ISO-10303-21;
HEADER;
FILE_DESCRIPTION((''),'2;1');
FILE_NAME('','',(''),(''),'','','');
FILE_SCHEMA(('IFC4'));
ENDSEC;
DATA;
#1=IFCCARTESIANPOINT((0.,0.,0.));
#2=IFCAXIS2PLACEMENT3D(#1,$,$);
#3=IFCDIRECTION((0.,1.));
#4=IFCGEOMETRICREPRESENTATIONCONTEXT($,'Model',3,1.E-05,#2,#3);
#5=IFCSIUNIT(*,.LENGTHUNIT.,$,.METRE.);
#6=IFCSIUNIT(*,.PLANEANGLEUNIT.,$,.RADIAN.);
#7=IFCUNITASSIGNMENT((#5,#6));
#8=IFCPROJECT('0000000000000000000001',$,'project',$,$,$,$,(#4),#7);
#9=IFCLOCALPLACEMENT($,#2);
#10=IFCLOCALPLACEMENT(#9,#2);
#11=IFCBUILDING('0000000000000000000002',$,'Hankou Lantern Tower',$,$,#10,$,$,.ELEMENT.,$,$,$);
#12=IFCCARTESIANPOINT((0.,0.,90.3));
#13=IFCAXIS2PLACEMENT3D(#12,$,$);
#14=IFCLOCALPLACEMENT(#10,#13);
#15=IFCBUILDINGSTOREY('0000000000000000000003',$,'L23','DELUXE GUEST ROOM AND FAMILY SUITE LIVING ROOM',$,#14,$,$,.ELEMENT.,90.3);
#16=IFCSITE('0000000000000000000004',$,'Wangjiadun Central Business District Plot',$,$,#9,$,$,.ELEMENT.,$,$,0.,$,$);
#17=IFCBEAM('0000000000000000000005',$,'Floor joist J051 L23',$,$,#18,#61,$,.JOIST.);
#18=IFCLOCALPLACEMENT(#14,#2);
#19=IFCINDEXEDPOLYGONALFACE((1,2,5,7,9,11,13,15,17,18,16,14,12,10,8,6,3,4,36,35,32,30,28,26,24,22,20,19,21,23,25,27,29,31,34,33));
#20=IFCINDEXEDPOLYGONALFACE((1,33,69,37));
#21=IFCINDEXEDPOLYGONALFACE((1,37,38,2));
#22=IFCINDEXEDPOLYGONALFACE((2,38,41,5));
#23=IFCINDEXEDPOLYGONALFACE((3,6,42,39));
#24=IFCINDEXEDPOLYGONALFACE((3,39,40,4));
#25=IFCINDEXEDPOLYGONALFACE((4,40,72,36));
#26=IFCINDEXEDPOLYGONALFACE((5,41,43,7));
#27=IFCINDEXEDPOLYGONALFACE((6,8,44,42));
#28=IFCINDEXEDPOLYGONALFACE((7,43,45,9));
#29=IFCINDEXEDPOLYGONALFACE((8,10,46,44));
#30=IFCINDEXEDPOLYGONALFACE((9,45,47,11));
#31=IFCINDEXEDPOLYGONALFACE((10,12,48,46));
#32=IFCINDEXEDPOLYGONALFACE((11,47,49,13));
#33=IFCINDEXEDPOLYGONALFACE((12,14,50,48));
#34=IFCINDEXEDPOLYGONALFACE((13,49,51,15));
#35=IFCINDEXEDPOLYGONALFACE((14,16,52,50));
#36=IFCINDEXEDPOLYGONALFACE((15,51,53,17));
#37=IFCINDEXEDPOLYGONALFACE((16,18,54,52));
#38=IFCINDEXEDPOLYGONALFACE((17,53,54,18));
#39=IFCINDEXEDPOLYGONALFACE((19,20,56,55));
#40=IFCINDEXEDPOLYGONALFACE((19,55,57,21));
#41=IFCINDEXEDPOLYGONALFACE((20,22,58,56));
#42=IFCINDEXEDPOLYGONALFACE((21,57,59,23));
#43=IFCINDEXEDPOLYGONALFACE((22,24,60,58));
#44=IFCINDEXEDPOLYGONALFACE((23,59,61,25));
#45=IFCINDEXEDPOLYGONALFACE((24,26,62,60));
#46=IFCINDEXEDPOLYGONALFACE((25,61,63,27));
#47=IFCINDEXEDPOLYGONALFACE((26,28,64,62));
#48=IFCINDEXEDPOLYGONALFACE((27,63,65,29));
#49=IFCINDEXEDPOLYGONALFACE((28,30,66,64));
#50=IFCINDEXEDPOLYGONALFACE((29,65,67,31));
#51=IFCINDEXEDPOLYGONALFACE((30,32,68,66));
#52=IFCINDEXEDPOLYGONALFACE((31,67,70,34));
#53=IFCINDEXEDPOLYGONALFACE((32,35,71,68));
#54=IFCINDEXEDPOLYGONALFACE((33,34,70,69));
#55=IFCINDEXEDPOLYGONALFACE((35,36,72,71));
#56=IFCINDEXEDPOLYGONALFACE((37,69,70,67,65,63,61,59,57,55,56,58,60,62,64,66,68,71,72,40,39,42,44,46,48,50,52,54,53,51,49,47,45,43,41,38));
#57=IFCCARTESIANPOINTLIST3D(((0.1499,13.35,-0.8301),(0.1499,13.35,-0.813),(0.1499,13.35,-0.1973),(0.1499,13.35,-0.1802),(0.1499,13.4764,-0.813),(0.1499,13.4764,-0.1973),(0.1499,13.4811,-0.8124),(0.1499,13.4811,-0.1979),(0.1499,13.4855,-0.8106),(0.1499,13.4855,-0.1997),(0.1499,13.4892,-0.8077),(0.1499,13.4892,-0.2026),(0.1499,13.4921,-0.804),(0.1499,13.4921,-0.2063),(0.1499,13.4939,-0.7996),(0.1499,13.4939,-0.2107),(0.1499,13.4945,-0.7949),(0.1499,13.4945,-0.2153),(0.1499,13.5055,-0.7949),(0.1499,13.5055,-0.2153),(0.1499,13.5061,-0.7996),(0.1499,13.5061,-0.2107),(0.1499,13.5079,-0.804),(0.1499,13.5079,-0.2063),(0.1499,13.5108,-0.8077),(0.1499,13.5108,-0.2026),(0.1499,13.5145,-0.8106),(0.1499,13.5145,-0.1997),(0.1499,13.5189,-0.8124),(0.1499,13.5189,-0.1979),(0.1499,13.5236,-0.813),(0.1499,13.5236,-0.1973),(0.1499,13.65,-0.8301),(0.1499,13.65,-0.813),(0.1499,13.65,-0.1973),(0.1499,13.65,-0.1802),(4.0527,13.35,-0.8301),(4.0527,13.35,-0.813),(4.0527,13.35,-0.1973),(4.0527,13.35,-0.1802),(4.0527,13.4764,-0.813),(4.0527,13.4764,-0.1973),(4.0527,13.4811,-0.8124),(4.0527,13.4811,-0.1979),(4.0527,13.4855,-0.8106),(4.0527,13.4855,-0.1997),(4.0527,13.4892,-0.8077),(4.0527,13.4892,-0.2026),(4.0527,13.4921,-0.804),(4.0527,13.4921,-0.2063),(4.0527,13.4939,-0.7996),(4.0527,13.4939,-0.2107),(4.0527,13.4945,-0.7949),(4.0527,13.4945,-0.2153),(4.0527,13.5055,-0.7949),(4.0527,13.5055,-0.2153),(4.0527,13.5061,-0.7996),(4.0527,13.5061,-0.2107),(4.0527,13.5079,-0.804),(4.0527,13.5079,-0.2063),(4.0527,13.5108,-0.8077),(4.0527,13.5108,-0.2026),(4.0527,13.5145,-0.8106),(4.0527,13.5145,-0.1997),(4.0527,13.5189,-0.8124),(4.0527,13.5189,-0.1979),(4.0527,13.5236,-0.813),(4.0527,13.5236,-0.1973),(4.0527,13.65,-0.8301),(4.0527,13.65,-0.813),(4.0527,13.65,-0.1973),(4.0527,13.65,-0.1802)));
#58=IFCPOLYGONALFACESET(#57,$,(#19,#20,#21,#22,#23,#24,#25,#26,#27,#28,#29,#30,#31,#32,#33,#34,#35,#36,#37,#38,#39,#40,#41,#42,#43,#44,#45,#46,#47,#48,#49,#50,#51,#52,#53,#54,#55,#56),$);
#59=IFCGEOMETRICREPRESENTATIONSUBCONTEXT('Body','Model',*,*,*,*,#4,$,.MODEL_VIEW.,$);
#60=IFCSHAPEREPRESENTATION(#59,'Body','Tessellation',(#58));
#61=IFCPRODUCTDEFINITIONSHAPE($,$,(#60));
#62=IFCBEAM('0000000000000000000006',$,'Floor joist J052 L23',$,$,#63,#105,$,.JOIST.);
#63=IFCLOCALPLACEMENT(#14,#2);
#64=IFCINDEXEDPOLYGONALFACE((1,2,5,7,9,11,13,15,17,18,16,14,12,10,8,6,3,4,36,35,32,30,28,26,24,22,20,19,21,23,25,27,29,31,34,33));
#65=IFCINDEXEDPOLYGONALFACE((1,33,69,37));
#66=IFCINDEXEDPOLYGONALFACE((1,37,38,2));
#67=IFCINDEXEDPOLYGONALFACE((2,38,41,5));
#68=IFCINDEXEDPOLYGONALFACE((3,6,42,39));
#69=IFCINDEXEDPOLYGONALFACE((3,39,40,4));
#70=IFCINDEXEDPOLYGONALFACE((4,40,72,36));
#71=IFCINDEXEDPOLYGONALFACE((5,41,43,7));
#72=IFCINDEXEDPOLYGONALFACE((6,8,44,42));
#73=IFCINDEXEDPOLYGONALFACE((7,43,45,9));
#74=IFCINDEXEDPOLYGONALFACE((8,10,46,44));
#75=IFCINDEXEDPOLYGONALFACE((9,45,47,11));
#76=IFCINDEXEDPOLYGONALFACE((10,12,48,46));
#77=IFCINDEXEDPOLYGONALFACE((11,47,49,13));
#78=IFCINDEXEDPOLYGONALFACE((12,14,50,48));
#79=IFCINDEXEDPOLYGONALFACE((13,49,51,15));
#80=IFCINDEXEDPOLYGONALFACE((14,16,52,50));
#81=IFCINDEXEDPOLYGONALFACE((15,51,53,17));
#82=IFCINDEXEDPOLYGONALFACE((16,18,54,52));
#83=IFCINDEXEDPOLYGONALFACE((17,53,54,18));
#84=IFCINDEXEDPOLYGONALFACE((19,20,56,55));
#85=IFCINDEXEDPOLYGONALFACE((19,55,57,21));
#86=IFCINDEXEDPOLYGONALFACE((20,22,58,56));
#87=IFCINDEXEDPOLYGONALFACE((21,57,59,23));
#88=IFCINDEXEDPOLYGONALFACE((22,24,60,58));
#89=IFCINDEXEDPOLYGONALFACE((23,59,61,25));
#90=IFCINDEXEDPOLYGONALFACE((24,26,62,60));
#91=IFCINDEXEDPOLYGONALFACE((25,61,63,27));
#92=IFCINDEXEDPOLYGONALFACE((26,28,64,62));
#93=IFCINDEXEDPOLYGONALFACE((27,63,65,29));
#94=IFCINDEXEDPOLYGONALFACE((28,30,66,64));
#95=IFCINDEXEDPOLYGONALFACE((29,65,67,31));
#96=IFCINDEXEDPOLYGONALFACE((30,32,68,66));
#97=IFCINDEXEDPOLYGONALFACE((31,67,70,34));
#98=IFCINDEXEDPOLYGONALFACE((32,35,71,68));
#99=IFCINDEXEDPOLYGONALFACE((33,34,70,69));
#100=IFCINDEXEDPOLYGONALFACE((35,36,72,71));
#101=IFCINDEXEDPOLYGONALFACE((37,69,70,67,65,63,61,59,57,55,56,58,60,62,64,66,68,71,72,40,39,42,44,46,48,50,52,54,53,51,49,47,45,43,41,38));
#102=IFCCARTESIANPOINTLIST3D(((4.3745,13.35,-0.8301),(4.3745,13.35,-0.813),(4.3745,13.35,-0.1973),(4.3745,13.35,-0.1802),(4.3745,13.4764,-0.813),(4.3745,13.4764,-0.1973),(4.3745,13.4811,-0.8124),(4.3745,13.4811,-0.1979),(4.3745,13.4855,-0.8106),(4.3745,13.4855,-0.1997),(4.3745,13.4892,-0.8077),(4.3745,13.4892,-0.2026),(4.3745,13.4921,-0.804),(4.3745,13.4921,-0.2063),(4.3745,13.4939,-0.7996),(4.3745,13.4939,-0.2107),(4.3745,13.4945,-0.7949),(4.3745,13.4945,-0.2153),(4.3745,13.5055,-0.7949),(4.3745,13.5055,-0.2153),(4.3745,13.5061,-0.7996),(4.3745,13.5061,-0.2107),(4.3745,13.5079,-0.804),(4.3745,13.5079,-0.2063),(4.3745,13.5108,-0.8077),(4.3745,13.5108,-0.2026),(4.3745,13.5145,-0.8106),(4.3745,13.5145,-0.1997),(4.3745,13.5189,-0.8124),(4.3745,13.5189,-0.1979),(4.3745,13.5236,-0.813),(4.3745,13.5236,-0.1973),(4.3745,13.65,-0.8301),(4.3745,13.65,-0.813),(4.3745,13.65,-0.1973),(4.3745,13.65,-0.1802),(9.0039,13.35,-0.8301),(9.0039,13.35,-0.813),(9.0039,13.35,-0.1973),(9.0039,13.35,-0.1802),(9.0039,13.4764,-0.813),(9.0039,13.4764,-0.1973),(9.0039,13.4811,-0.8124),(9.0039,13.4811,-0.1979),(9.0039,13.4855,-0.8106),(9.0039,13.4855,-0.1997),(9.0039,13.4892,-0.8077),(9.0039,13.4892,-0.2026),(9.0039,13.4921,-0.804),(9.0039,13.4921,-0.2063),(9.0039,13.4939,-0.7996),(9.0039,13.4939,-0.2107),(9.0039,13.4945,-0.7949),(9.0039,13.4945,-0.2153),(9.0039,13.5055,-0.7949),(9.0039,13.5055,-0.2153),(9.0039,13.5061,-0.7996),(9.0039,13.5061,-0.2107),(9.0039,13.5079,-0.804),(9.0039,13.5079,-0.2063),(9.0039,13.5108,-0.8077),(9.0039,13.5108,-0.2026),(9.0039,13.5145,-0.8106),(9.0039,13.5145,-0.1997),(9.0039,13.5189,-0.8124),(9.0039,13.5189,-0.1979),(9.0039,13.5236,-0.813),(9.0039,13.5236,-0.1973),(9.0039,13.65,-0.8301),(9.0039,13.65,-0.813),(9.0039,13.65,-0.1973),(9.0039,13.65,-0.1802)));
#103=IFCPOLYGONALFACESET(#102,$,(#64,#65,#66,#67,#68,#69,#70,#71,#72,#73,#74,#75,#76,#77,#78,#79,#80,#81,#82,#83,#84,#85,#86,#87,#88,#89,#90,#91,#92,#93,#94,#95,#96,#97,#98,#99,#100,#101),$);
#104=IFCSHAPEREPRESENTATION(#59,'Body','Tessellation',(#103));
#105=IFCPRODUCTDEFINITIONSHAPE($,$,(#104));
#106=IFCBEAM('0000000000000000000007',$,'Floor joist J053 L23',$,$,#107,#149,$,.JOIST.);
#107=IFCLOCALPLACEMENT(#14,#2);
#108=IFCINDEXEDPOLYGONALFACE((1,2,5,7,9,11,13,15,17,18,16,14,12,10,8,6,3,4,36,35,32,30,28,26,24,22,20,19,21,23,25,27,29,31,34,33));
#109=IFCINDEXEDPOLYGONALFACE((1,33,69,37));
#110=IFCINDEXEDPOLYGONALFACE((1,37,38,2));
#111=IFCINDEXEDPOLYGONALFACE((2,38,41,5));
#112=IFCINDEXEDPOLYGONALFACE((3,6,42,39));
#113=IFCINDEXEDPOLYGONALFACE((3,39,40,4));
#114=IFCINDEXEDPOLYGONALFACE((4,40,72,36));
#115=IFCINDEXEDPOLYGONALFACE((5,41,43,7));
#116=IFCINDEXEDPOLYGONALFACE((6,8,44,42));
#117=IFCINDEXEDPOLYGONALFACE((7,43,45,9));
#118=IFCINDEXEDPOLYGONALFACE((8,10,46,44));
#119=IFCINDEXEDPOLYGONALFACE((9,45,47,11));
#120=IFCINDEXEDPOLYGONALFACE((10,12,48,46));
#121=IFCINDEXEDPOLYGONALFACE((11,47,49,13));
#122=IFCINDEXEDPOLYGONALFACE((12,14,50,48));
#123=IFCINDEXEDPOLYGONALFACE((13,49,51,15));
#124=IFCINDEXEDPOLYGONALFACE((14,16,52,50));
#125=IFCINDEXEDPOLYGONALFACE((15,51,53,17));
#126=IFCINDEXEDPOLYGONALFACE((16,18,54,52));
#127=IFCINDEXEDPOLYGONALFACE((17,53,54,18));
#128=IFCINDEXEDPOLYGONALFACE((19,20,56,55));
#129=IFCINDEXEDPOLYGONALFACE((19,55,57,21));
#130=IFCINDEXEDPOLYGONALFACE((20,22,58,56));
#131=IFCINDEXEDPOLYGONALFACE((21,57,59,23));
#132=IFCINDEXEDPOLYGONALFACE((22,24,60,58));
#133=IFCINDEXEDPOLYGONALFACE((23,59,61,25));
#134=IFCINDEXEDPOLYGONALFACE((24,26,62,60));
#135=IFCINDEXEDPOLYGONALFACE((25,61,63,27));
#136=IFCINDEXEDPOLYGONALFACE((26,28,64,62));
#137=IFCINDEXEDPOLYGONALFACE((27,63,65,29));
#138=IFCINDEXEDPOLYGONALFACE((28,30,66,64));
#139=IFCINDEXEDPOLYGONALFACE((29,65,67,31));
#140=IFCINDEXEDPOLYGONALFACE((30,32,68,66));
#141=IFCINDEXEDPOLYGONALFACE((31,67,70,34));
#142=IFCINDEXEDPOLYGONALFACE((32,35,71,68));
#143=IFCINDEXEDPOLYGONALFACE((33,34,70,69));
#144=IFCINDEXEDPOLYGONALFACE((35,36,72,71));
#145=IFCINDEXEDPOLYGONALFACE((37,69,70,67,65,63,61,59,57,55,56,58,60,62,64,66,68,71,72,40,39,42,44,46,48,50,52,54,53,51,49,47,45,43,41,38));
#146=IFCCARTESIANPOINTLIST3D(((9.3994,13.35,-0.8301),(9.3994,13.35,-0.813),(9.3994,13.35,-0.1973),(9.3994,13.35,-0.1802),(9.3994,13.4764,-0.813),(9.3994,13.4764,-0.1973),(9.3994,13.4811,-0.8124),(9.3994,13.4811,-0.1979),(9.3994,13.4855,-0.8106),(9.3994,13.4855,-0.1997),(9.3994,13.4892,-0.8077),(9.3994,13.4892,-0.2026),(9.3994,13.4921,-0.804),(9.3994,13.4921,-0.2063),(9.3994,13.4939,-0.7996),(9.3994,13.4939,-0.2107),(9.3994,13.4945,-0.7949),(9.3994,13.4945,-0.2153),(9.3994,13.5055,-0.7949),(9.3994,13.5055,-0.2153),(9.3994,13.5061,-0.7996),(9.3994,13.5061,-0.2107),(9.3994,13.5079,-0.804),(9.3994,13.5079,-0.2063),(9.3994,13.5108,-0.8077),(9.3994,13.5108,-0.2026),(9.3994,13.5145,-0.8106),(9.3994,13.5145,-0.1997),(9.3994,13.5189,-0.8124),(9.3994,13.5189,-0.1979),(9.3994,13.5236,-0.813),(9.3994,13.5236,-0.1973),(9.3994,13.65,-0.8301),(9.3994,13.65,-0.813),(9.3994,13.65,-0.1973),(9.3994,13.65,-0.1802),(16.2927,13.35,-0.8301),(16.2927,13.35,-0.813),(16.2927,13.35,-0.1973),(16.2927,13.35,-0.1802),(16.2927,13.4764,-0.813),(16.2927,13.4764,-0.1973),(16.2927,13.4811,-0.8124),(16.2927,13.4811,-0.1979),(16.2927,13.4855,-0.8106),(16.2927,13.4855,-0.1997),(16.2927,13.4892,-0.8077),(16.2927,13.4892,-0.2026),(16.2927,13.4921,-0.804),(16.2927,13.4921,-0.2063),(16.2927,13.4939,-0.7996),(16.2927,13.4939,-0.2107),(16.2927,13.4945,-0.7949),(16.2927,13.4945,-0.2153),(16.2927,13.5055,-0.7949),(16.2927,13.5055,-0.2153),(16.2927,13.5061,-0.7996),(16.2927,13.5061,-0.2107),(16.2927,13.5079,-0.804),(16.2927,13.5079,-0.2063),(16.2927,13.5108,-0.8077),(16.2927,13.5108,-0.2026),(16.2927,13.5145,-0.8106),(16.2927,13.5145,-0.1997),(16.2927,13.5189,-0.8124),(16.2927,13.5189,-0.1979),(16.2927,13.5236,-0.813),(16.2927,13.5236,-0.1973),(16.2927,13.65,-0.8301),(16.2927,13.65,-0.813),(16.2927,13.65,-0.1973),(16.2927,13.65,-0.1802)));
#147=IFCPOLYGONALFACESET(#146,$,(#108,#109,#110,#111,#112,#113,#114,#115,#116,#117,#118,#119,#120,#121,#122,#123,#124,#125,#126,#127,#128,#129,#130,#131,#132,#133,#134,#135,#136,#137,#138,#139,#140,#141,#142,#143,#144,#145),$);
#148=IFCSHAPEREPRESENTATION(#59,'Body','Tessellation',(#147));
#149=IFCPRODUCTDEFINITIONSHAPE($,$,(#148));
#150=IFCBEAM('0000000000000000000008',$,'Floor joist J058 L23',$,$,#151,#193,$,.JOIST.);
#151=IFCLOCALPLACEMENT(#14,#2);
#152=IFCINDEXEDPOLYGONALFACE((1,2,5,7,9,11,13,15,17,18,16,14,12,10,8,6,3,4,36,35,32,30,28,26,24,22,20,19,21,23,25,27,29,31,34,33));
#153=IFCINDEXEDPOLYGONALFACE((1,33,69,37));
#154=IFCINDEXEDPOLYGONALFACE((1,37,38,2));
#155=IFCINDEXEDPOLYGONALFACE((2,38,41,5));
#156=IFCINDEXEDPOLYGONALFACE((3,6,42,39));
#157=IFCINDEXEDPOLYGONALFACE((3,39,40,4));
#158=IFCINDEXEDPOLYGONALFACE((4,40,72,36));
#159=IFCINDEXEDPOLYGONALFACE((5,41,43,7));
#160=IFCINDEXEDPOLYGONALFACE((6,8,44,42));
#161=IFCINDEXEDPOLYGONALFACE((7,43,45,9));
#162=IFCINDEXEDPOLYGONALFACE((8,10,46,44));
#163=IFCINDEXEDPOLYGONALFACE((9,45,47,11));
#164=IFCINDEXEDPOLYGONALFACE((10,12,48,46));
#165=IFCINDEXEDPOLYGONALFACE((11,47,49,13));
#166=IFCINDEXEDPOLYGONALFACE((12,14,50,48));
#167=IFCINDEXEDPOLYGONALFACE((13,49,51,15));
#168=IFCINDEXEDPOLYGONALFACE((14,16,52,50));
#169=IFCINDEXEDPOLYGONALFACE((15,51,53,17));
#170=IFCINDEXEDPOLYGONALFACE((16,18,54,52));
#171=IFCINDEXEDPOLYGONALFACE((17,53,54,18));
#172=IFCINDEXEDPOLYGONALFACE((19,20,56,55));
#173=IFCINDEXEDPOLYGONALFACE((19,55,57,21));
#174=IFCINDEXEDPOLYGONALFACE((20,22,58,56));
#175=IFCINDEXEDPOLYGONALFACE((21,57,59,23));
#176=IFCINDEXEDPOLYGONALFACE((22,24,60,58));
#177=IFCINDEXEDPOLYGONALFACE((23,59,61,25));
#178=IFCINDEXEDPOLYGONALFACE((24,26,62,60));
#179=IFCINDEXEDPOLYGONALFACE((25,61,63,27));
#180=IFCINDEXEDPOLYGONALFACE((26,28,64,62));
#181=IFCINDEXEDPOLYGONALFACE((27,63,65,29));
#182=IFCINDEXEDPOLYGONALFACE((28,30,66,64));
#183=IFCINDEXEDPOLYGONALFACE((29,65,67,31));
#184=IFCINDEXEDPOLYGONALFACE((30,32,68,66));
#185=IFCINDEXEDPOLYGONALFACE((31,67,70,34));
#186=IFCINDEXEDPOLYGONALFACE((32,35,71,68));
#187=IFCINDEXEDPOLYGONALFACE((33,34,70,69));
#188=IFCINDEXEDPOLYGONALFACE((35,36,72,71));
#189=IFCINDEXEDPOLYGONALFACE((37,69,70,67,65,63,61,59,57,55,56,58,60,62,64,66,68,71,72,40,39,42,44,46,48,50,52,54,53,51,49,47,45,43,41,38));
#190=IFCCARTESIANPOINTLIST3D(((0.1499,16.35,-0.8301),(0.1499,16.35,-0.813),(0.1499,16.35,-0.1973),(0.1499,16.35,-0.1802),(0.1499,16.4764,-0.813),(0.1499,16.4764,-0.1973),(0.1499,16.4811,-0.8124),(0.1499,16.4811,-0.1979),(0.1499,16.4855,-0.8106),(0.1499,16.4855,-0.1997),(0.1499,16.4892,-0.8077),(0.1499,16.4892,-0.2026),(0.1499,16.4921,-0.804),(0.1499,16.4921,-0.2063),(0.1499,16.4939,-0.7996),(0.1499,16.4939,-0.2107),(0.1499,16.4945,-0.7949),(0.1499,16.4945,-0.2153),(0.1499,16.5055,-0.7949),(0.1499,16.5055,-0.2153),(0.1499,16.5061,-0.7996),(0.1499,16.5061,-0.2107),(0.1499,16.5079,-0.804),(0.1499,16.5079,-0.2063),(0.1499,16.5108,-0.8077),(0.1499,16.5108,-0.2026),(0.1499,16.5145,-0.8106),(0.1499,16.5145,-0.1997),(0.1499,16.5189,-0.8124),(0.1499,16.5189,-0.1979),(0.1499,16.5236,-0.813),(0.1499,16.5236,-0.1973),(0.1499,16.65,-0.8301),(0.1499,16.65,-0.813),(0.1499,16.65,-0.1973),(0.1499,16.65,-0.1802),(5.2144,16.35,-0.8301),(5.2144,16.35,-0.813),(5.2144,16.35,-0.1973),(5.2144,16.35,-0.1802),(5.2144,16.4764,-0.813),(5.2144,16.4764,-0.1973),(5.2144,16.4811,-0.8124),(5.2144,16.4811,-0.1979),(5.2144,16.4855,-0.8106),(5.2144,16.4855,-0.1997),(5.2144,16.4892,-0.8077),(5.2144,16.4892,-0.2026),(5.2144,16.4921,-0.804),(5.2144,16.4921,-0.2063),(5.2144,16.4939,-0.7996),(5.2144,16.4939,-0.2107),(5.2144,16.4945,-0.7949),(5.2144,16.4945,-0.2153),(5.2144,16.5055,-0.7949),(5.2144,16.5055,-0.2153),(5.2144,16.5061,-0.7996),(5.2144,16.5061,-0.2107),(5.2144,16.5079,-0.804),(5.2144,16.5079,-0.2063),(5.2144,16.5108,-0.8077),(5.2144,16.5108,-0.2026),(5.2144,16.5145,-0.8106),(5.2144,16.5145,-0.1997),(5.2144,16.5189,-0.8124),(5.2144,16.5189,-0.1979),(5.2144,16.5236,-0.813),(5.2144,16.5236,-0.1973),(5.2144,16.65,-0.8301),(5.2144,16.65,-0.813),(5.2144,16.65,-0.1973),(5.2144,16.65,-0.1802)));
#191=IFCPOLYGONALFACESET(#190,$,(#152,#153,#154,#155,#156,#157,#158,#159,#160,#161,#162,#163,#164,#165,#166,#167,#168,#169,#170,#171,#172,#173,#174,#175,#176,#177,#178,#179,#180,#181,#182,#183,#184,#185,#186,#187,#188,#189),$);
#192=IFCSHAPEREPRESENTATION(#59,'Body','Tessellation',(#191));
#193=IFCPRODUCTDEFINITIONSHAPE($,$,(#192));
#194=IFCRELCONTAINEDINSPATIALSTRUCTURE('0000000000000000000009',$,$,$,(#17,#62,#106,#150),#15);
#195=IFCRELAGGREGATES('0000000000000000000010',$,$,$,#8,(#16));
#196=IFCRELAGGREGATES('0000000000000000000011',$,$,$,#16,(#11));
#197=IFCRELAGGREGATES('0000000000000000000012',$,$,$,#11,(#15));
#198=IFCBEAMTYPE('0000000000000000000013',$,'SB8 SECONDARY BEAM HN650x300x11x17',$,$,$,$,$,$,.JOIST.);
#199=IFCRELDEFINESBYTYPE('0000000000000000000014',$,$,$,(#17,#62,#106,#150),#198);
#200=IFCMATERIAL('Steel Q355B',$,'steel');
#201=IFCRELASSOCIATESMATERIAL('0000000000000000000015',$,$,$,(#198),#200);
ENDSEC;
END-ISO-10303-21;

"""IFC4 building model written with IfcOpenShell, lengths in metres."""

from ifc_helpers import new_model, si_unit, direction, frame, origin, origin_2d, place, context, subcontext, project, spatial, i_section, extrude, material, material_profile, profile_set, type_object, element, save


model = new_model("IFC4")

# Units and contexts
model_context = context("Model", 3, precision=1e-05, world=origin(), true_north=direction((0.0, 1.0)))
body_context = subcontext(model_context, "Body", "Model", "MODEL_VIEW")
ifc_project = project(units=[si_unit("LENGTHUNIT", "METRE"), si_unit("PLANEANGLEUNIT", "RADIAN")], contexts=[model_context])

# Site, building, storey
site_placement = place(None, origin())
site = spatial("IfcSite", under=ifc_project, at=site_placement, Name="Wangjiadun Central Business District Plot", CompositionType="ELEMENT", RefElevation=0.0)
building_placement = place(site_placement, origin())
building = spatial("IfcBuilding", under=site, at=building_placement, Name="Hankou Lantern Tower", CompositionType="ELEMENT")
storey_placement = place(building_placement, frame((0.0, 0.0, 90.3)))
storey = spatial("IfcBuildingStorey", under=building, at=storey_placement, Name="L23", Description="DELUXE GUEST ROOM AND FAMILY SUITE LIVING ROOM", CompositionType="ELEMENT", Elevation=90.3)

# Beams
ifc_material_1 = material(Name="Steel Q355B", Category="steel")
ifc_material_profile_1 = material_profile(ifc_material_1, i_section(OverallWidth=0.3, OverallDepth=0.6499, WebThickness=0.011, FlangeThickness=0.0171, FilletRadius=0.0181, at=origin_2d()), Name="HN650x300x11x17")
ifc_profile_set_1 = profile_set([ifc_material_profile_1], Name="Steel Q355B")
beam_type_1 = type_object("IfcBeamType", Name="SB8 SECONDARY BEAM HN650x300x11x17", PredefinedType="JOIST", material=ifc_profile_set_1)
beam_1_placement = place(storey_placement, frame((0.1499, 13.5, -0.5051), z_axis=(1.0, 0.0, 0.0), x_axis=(0.0, 1.0, 0.0)))
element("IfcBeam", 1, at=beam_1_placement, inside=storey, type_object=beam_type_1, Name="Floor joist J051 L23", PredefinedType="JOIST", context=body_context, shape_type="SweptSolid", body=[
    extrude(i_section(OverallWidth=0.3, OverallDepth=0.6499, WebThickness=0.011, FlangeThickness=0.0171, FilletRadius=0.0181, at=origin_2d()), origin(), (0.0, 0.0, 1.0), 3.9028),
])
beam_2_placement = place(storey_placement, frame((4.3745, 13.5, -0.5051), z_axis=(1.0, 0.0, 0.0), x_axis=(0.0, 1.0, 0.0)))
element("IfcBeam", 2, at=beam_2_placement, inside=storey, type_object=beam_type_1, Name="Floor joist J052 L23", PredefinedType="JOIST", context=body_context, shape_type="SweptSolid", body=[
    extrude(i_section(OverallWidth=0.3, OverallDepth=0.6499, WebThickness=0.011, FlangeThickness=0.0171, FilletRadius=0.0181, at=origin_2d()), origin(), (0.0, 0.0, 1.0), 4.6294),
])
beam_3_placement = place(storey_placement, frame((9.3994, 13.5, -0.5051), z_axis=(1.0, 0.0, 0.0), x_axis=(0.0, 1.0, 0.0)))
element("IfcBeam", 3, at=beam_3_placement, inside=storey, type_object=beam_type_1, Name="Floor joist J053 L23", PredefinedType="JOIST", context=body_context, shape_type="SweptSolid", body=[
    extrude(i_section(OverallWidth=0.3, OverallDepth=0.6499, WebThickness=0.011, FlangeThickness=0.0171, FilletRadius=0.0181, at=origin_2d()), origin(), (0.0, 0.0, 1.0), 6.8933),
])
beam_4_placement = place(storey_placement, frame((0.1499, 16.5, -0.5051), z_axis=(1.0, 0.0, 0.0), x_axis=(0.0, 1.0, 0.0)))
element("IfcBeam", 4, at=beam_4_placement, inside=storey, type_object=beam_type_1, Name="Floor joist J058 L23", PredefinedType="JOIST", context=body_context, shape_type="SweptSolid", body=[
    extrude(i_section(OverallWidth=0.3, OverallDepth=0.6499, WebThickness=0.011, FlangeThickness=0.0171, FilletRadius=0.0181, at=origin_2d()), origin(), (0.0, 0.0, 1.0), 5.0645),
])

save(model, "model.ifc")
